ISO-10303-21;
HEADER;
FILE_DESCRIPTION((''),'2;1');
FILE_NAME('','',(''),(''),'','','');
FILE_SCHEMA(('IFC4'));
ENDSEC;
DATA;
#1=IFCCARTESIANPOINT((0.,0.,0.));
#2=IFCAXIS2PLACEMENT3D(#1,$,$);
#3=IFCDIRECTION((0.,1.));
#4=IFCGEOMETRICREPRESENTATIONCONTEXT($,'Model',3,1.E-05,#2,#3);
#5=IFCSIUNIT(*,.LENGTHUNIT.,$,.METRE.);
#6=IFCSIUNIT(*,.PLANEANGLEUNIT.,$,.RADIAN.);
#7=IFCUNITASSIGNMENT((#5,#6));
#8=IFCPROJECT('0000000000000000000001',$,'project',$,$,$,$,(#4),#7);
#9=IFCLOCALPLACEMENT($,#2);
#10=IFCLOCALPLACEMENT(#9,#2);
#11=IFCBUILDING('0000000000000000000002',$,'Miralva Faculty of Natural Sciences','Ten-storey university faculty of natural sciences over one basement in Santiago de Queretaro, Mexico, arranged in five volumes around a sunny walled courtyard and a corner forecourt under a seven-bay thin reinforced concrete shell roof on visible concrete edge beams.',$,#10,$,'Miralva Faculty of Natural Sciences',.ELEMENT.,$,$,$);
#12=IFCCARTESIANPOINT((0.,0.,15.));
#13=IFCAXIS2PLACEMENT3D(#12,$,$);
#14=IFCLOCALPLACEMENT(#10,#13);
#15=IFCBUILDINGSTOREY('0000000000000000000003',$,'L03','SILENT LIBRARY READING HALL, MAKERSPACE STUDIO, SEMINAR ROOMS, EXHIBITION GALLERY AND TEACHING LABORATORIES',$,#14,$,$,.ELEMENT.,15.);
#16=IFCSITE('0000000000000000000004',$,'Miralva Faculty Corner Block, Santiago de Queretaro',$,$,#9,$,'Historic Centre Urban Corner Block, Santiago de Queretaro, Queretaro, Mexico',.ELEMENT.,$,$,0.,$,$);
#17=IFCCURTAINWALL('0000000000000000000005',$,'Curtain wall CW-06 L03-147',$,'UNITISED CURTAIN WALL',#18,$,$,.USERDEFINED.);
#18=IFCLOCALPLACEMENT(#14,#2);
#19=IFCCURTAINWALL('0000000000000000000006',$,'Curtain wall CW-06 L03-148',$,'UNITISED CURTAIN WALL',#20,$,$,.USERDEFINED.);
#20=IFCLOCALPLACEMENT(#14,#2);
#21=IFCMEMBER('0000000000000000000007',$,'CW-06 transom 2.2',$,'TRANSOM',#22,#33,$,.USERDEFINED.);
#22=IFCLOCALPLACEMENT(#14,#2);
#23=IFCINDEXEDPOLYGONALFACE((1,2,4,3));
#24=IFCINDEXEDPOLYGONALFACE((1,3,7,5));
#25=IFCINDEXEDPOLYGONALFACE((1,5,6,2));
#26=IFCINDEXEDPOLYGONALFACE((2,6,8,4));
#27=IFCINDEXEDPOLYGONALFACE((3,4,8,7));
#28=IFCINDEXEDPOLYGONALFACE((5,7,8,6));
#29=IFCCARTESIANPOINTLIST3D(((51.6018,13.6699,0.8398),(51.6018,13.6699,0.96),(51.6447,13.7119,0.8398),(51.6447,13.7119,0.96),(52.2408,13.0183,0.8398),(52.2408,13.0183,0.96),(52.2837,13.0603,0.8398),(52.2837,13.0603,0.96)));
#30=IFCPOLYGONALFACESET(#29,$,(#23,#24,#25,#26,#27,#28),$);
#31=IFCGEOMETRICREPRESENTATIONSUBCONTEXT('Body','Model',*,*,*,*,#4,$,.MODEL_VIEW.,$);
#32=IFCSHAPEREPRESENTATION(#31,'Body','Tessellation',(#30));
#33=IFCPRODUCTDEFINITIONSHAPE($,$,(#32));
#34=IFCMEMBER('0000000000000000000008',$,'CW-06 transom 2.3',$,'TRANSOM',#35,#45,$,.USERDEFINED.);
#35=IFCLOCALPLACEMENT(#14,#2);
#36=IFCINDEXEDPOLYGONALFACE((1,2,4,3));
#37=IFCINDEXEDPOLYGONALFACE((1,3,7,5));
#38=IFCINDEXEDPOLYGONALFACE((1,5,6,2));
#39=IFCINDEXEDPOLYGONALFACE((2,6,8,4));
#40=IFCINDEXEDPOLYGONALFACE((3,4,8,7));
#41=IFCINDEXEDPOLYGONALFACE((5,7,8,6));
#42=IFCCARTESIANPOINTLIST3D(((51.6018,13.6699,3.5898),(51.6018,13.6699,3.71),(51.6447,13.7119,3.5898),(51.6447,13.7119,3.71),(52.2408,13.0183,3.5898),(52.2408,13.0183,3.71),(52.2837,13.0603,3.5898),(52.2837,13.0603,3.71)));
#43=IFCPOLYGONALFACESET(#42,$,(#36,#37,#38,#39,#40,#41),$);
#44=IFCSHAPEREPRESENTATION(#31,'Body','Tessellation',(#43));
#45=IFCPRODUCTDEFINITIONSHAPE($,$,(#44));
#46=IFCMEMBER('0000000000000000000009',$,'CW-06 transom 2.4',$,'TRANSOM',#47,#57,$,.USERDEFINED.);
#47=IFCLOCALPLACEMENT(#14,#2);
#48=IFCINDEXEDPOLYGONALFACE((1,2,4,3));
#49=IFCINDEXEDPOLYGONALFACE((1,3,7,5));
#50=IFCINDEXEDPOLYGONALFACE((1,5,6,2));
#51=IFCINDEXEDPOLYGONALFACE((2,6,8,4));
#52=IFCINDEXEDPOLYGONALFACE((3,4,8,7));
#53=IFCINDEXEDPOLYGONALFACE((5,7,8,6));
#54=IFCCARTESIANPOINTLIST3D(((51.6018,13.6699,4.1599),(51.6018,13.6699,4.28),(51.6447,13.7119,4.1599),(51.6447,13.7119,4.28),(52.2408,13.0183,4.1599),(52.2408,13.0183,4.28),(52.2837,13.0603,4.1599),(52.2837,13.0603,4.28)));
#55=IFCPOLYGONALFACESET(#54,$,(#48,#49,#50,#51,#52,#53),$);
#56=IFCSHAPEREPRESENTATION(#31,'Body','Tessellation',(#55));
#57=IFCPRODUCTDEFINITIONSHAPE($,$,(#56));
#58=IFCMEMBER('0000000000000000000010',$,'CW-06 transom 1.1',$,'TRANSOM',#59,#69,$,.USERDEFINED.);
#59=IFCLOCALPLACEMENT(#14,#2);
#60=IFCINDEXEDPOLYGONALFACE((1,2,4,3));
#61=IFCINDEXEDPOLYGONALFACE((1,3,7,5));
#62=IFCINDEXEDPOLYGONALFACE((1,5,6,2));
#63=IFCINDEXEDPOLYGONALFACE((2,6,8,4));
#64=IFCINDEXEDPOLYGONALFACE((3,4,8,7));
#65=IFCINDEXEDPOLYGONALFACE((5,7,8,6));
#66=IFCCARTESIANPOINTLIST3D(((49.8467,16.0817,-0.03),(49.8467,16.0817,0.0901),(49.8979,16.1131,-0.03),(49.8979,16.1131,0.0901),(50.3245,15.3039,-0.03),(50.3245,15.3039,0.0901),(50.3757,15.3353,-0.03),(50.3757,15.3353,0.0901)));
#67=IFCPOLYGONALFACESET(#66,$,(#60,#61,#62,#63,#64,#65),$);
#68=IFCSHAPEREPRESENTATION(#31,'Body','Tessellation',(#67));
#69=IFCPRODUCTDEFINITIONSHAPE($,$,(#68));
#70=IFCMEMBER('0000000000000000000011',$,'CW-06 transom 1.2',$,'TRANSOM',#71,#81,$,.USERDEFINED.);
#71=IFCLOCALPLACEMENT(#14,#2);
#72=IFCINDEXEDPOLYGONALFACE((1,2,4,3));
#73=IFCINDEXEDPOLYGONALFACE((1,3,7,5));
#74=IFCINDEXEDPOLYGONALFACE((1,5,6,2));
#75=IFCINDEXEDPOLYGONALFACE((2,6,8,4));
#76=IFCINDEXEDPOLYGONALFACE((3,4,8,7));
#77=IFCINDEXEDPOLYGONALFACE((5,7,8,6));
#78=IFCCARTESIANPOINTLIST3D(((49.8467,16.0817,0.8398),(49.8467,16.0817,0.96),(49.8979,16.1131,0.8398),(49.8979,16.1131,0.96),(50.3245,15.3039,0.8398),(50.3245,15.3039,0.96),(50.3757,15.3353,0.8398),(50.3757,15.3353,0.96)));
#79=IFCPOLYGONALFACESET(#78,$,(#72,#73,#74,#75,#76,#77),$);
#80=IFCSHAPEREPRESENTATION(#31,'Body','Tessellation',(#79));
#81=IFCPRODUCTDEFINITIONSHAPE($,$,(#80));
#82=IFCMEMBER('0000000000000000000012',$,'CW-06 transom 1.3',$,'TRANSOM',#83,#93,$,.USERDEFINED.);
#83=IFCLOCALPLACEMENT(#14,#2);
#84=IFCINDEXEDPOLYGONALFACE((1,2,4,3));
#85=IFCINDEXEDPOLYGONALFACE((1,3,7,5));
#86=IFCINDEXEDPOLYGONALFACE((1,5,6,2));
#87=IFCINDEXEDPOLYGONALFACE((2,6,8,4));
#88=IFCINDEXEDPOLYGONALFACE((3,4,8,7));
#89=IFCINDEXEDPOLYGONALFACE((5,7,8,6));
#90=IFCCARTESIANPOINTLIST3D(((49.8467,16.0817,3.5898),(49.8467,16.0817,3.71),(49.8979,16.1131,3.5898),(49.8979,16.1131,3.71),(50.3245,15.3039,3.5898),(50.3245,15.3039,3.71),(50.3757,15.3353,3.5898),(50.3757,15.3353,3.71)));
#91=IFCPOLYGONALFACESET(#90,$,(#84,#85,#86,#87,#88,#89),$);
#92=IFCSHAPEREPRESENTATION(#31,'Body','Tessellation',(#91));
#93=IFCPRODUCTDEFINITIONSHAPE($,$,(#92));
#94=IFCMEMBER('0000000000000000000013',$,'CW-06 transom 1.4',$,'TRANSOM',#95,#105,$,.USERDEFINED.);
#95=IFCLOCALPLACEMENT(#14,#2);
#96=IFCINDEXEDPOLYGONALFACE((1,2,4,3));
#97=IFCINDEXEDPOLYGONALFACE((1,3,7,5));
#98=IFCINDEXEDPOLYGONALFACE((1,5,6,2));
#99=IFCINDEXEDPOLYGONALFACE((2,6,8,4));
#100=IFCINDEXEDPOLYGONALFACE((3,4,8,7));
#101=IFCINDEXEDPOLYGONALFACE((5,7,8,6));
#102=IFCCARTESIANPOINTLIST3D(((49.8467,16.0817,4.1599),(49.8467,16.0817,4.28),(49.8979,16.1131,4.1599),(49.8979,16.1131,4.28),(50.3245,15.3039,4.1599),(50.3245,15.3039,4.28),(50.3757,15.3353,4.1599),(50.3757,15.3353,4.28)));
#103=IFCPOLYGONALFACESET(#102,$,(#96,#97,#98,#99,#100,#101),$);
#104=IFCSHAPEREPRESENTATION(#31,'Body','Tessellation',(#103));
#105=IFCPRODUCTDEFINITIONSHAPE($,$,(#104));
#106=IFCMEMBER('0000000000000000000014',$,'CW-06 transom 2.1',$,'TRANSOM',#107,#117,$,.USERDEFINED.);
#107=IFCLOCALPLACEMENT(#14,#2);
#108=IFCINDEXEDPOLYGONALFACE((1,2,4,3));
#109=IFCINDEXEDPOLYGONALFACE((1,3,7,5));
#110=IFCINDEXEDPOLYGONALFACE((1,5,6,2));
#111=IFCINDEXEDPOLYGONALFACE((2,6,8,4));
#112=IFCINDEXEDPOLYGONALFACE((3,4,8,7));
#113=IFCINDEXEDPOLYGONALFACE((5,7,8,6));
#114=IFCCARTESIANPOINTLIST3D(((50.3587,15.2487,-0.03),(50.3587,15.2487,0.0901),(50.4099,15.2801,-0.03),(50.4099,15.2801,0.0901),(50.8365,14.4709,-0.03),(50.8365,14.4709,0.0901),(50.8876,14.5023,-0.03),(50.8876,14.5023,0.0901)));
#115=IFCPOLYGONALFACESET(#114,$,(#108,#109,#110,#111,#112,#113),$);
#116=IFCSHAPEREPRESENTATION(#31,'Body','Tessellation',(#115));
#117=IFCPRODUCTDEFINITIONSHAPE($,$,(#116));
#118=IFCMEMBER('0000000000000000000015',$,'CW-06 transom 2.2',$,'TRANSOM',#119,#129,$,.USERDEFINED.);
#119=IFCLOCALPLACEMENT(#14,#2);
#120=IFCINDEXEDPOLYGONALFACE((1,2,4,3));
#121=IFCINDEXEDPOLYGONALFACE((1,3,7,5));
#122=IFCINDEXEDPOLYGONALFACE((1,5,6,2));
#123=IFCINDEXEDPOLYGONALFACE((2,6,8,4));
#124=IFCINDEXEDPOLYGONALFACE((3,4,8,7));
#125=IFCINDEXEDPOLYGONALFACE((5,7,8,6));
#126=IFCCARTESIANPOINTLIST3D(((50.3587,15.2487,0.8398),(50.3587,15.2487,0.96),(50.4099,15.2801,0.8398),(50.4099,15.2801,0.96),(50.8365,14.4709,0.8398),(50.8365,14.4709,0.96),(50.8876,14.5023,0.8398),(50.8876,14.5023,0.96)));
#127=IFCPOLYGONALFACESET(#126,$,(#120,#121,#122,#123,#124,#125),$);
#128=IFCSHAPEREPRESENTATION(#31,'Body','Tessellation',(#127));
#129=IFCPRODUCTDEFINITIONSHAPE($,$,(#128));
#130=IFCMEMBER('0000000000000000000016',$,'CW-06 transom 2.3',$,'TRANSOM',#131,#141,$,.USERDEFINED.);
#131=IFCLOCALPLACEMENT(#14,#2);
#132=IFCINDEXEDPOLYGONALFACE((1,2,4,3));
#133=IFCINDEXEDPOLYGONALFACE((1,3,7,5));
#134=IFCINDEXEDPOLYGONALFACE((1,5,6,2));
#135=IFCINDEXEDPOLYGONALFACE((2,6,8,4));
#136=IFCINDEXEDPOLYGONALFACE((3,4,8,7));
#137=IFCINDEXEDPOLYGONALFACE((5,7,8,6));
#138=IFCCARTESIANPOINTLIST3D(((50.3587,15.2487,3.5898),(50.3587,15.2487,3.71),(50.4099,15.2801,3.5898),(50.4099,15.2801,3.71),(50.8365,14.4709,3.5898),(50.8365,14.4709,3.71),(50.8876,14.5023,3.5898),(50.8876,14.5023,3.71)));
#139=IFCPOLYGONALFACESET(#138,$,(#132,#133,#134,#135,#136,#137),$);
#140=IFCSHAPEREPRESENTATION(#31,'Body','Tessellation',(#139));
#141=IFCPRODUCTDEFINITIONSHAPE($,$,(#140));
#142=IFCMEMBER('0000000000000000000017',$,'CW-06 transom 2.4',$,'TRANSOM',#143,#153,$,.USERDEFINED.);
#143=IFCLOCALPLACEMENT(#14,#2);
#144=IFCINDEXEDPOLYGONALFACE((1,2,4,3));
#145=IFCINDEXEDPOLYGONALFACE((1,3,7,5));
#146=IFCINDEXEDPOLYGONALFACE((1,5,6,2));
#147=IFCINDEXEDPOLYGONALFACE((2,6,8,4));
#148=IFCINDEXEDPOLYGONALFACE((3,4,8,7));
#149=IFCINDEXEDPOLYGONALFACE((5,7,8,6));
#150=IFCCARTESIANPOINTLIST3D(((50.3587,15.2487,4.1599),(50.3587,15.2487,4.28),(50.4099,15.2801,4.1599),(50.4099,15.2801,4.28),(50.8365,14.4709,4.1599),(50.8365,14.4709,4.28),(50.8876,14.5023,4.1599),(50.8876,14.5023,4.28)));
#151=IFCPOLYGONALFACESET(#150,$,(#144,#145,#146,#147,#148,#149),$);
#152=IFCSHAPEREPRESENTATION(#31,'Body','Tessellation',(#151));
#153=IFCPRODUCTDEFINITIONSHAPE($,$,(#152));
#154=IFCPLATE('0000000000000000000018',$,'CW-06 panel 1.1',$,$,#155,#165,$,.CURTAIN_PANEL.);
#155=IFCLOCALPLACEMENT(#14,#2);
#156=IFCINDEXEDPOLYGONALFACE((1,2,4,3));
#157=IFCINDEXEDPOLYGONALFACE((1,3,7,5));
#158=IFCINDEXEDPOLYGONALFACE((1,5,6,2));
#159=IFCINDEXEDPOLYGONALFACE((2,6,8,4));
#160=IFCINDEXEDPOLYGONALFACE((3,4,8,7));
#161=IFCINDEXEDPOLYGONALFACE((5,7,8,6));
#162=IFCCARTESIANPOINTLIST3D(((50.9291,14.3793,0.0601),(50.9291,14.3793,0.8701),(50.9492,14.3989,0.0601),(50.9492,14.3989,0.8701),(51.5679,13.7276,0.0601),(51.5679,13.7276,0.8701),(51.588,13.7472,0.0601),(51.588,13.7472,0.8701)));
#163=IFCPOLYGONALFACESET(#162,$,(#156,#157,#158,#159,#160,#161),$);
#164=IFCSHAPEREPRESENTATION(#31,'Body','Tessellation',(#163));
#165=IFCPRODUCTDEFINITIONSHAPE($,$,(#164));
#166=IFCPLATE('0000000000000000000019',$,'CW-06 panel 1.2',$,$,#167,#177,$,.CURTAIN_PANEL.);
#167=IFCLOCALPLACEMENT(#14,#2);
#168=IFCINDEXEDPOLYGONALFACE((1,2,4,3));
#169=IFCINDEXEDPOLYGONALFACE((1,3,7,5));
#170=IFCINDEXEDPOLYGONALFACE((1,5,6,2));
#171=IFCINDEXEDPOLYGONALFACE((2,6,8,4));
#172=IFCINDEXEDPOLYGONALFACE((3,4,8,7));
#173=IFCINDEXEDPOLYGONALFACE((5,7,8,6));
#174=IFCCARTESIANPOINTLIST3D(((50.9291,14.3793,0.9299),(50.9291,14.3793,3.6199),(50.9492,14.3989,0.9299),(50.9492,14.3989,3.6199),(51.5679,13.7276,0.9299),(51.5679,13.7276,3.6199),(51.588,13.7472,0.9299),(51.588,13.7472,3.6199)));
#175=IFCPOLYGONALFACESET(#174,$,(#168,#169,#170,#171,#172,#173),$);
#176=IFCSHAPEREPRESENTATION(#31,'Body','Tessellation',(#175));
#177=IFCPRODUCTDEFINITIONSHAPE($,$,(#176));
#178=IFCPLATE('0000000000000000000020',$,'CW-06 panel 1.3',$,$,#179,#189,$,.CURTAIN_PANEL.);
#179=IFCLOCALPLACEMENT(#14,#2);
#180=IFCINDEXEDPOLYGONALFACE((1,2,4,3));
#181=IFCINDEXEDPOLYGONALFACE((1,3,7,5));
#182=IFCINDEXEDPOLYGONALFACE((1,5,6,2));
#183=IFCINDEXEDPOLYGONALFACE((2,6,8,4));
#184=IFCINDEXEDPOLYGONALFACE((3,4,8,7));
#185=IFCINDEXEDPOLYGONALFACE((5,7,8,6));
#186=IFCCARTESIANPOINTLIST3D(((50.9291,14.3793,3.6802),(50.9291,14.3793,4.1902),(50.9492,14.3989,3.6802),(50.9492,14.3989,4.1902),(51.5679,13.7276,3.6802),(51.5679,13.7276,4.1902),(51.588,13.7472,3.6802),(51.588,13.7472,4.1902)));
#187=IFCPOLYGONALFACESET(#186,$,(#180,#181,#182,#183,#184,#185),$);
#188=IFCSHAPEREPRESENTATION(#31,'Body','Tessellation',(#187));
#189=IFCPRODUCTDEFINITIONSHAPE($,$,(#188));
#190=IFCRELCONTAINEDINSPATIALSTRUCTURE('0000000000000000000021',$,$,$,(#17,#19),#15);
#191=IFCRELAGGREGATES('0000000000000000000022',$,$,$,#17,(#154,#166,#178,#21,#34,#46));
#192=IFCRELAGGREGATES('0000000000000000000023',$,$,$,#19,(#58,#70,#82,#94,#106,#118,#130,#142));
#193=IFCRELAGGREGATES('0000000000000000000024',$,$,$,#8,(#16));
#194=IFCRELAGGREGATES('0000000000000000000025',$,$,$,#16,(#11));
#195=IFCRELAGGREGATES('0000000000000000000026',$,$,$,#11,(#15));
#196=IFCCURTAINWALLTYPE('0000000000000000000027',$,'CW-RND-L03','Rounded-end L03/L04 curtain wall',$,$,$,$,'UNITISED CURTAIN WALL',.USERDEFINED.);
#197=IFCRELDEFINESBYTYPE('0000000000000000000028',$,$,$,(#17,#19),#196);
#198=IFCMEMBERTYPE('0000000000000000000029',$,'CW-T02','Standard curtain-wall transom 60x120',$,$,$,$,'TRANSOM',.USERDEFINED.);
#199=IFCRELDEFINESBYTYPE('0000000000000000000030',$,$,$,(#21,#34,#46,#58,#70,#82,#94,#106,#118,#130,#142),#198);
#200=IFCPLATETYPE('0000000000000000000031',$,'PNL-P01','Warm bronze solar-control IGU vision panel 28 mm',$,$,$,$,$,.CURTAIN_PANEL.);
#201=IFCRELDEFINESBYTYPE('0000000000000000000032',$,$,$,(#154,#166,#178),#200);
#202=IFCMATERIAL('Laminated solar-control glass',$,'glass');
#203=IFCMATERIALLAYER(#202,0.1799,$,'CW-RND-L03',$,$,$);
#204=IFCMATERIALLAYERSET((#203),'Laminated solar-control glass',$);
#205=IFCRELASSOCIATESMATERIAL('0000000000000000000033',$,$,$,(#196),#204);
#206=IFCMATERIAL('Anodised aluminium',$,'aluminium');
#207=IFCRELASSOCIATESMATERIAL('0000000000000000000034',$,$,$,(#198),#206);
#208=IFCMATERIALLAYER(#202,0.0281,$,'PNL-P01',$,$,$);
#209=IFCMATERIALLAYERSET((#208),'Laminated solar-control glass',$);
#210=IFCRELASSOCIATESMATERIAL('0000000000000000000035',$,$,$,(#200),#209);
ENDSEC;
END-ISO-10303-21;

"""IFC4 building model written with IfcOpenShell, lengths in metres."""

from ifc_helpers import new_model, si_unit, direction, frame, origin, origin_2d, place, context, subcontext, project, spatial, rectangle, extrude, material, layer, layer_set, material_profile, profile_set, type_object, element, aggregate, save


model = new_model("IFC4")

# Units and contexts
model_context = context("Model", 3, precision=1e-05, world=origin(), true_north=direction((0.0, 1.0)))
body_context = subcontext(model_context, "Body", "Model", "MODEL_VIEW")
ifc_project = project(units=[si_unit("LENGTHUNIT", "METRE"), si_unit("PLANEANGLEUNIT", "RADIAN")], contexts=[model_context])

# Site, building, storey
site_placement = place(None, origin())
site = spatial("IfcSite", under=ifc_project, at=site_placement, Name="Miralva Faculty Corner Block, Santiago de Queretaro", LongName="Historic Centre Urban Corner Block, Santiago de Queretaro, Queretaro, Mexico", CompositionType="ELEMENT", RefElevation=0.0)
building_placement = place(site_placement, origin())
building = spatial("IfcBuilding", under=site, at=building_placement, Name="Miralva Faculty of Natural Sciences", Description="Ten-storey university faculty of natural sciences over one basement in Santiago de Queretaro, Mexico, arranged in five volumes around a sunny walled courtyard and a corner forecourt under a seven-bay thin reinforced concrete shell roof on visible concrete edge beams.", LongName="Miralva Faculty of Natural Sciences", CompositionType="ELEMENT")
storey_placement = place(building_placement, frame((0.0, 0.0, 15.0)))
storey = spatial("IfcBuildingStorey", under=building, at=storey_placement, Name="L03", Description="SILENT LIBRARY READING HALL, MAKERSPACE STUDIO, SEMINAR ROOMS, EXHIBITION GALLERY AND TEACHING LABORATORIES", CompositionType="ELEMENT", Elevation=15.0)

# Shared definitions
ifc_material_1 = material(Name="Laminated solar-control glass", Category="glass")
ifc_layer_1 = layer(ifc_material_1, 0.1799, Name="CW-RND-L03")
ifc_layer_set_1 = layer_set([ifc_layer_1], Name="Laminated solar-control glass")
curtain_wall_type = type_object("IfcCurtainWallType", Name="CW-RND-L03", Description="Rounded-end L03/L04 curtain wall", ElementType="UNITISED CURTAIN WALL", PredefinedType="USERDEFINED", material=ifc_layer_set_1)
ifc_material_2 = material(Name="Anodised aluminium", Category="aluminium")

# Curtain walls
curtain_wall_1_placement = place(storey_placement, origin())
curtain_wall_1 = element("IfcCurtainWall", 1, at=curtain_wall_1_placement, inside=storey, type_object=curtain_wall_type, Name="Curtain wall CW-06 L03-147", ObjectType="UNITISED CURTAIN WALL", PredefinedType="USERDEFINED")
curtain_wall_2_placement = place(storey_placement, origin())
curtain_wall_2 = element("IfcCurtainWall", 2, at=curtain_wall_2_placement, inside=storey, type_object=curtain_wall_type, Name="Curtain wall CW-06 L03-148", ObjectType="UNITISED CURTAIN WALL", PredefinedType="USERDEFINED")

# Members
ifc_material_profile_1 = material_profile(ifc_material_2, rectangle(XDim=0.0601, YDim=0.1201, at=origin_2d()), Name="TRANSOM 60x120")
ifc_profile_set_1 = profile_set([ifc_material_profile_1], Name="Anodised aluminium")
member_type_1 = type_object("IfcMemberType", Name="CW-T02", Description="Standard curtain-wall transom 60x120", ElementType="TRANSOM", PredefinedType="USERDEFINED", material=ifc_profile_set_1)
member_1_placement = place(storey_placement, frame((51.6233, 13.6909, 0.8999), z_axis=(0.700117, -0.714028, 0.0), x_axis=(0.714028, 0.700117, 0.0)))
member_1 = element("IfcMember", 3, at=member_1_placement, type_object=member_type_1, Name="CW-06 transom 2.2", ObjectType="TRANSOM", PredefinedType="USERDEFINED", context=body_context, shape_type="SweptSolid", body=[
    extrude(rectangle(XDim=0.0601, YDim=0.1201, at=origin_2d()), origin(), (0.0, 0.0, 1.0), 0.9126),
])
member_2_placement = place(storey_placement, frame((51.6233, 13.6909, 3.6499), z_axis=(0.700117, -0.714028, 0.0), x_axis=(0.714028, 0.700117, 0.0)))
member_2 = element("IfcMember", 4, at=member_2_placement, type_object=member_type_1, Name="CW-06 transom 2.3", ObjectType="TRANSOM", PredefinedType="USERDEFINED", context=body_context, shape_type="SweptSolid", body=[
    extrude(rectangle(XDim=0.0601, YDim=0.1201, at=origin_2d()), origin(), (0.0, 0.0, 1.0), 0.9126),
])
member_3_placement = place(storey_placement, frame((51.6233, 13.6909, 4.22), z_axis=(0.700117, -0.714028, 0.0), x_axis=(0.714028, 0.700117, 0.0)))
member_3 = element("IfcMember", 5, at=member_3_placement, type_object=member_type_1, Name="CW-06 transom 2.4", ObjectType="TRANSOM", PredefinedType="USERDEFINED", context=body_context, shape_type="SweptSolid", body=[
    extrude(rectangle(XDim=0.0601, YDim=0.1201, at=origin_2d()), origin(), (0.0, 0.0, 1.0), 0.9126),
])
member_4_placement = place(storey_placement, frame((49.8723, 16.0974, 0.03), z_axis=(0.523396, -0.85209, 0.0), x_axis=(0.85209, 0.523396, 0.0)))
member_4 = element("IfcMember", 6, at=member_4_placement, type_object=member_type_1, Name="CW-06 transom 1.1", ObjectType="TRANSOM", PredefinedType="USERDEFINED", context=body_context, shape_type="SweptSolid", body=[
    extrude(rectangle(XDim=0.0601, YDim=0.1201, at=origin_2d()), origin(), (0.0, 0.0, 1.0), 0.9128),
])
member_5_placement = place(storey_placement, frame((49.8723, 16.0974, 0.8999), z_axis=(0.523396, -0.85209, 0.0), x_axis=(0.85209, 0.523396, 0.0)))
member_5 = element("IfcMember", 7, at=member_5_placement, type_object=member_type_1, Name="CW-06 transom 1.2", ObjectType="TRANSOM", PredefinedType="USERDEFINED", context=body_context, shape_type="SweptSolid", body=[
    extrude(rectangle(XDim=0.0601, YDim=0.1201, at=origin_2d()), origin(), (0.0, 0.0, 1.0), 0.9128),
])
member_6_placement = place(storey_placement, frame((49.8723, 16.0974, 3.6499), z_axis=(0.523396, -0.85209, 0.0), x_axis=(0.85209, 0.523396, 0.0)))
member_6 = element("IfcMember", 8, at=member_6_placement, type_object=member_type_1, Name="CW-06 transom 1.3", ObjectType="TRANSOM", PredefinedType="USERDEFINED", context=body_context, shape_type="SweptSolid", body=[
    extrude(rectangle(XDim=0.0601, YDim=0.1201, at=origin_2d()), origin(), (0.0, 0.0, 1.0), 0.9128),
])
member_7_placement = place(storey_placement, frame((49.8723, 16.0974, 4.22), z_axis=(0.523396, -0.85209, 0.0), x_axis=(0.85209, 0.523396, 0.0)))
member_7 = element("IfcMember", 9, at=member_7_placement, type_object=member_type_1, Name="CW-06 transom 1.4", ObjectType="TRANSOM", PredefinedType="USERDEFINED", context=body_context, shape_type="SweptSolid", body=[
    extrude(rectangle(XDim=0.0601, YDim=0.1201, at=origin_2d()), origin(), (0.0, 0.0, 1.0), 0.9128),
])
member_8_placement = place(storey_placement, frame((50.3843, 15.2644, 0.03), z_axis=(0.523396, -0.85209, 0.0), x_axis=(0.85209, 0.523396, 0.0)))
member_8 = element("IfcMember", 10, at=member_8_placement, type_object=member_type_1, Name="CW-06 transom 2.1", ObjectType="TRANSOM", PredefinedType="USERDEFINED", context=body_context, shape_type="SweptSolid", body=[
    extrude(rectangle(XDim=0.0601, YDim=0.1201, at=origin_2d()), origin(), (0.0, 0.0, 1.0), 0.9128),
])
member_9_placement = place(storey_placement, frame((50.3843, 15.2644, 0.8999), z_axis=(0.523396, -0.85209, 0.0), x_axis=(0.85209, 0.523396, 0.0)))
member_9 = element("IfcMember", 11, at=member_9_placement, type_object=member_type_1, Name="CW-06 transom 2.2", ObjectType="TRANSOM", PredefinedType="USERDEFINED", context=body_context, shape_type="SweptSolid", body=[
    extrude(rectangle(XDim=0.0601, YDim=0.1201, at=origin_2d()), origin(), (0.0, 0.0, 1.0), 0.9128),
])
member_10_placement = place(storey_placement, frame((50.3843, 15.2644, 3.6499), z_axis=(0.523396, -0.85209, 0.0), x_axis=(0.85209, 0.523396, 0.0)))
member_10 = element("IfcMember", 12, at=member_10_placement, type_object=member_type_1, Name="CW-06 transom 2.3", ObjectType="TRANSOM", PredefinedType="USERDEFINED", context=body_context, shape_type="SweptSolid", body=[
    extrude(rectangle(XDim=0.0601, YDim=0.1201, at=origin_2d()), origin(), (0.0, 0.0, 1.0), 0.9128),
])
member_11_placement = place(storey_placement, frame((50.3843, 15.2644, 4.22), z_axis=(0.523396, -0.85209, 0.0), x_axis=(0.85209, 0.523396, 0.0)))
member_11 = element("IfcMember", 13, at=member_11_placement, type_object=member_type_1, Name="CW-06 transom 2.4", ObjectType="TRANSOM", PredefinedType="USERDEFINED", context=body_context, shape_type="SweptSolid", body=[
    extrude(rectangle(XDim=0.0601, YDim=0.1201, at=origin_2d()), origin(), (0.0, 0.0, 1.0), 0.9128),
])

# Plates
ifc_layer_2 = layer(ifc_material_1, 0.0281, Name="PNL-P01")
ifc_layer_set_2 = layer_set([ifc_layer_2], Name="Laminated solar-control glass")
plate_type = type_object("IfcPlateType", Name="PNL-P01", Description="Warm bronze solar-control IGU vision panel 28 mm", PredefinedType="CURTAIN_PANEL", material=ifc_layer_set_2)
plate_1_placement = place(storey_placement, frame((51.2585, 14.0632, 0.0601), z_axis=(0.0, 0.0, 1.0), x_axis=(0.700018, -0.714125, 0.0)))
plate_1 = element("IfcPlate", 14, at=plate_1_placement, type_object=plate_type, Name="CW-06 panel 1.1", PredefinedType="CURTAIN_PANEL", context=body_context, shape_type="SweptSolid", body=[
    extrude(rectangle(XDim=0.9126, YDim=0.0281, at=origin_2d()), origin(), (0.0, 0.0, 1.0), 0.8101),
])
plate_2_placement = place(storey_placement, frame((51.2585, 14.0632, 0.9299), z_axis=(0.0, 0.0, 1.0), x_axis=(0.700018, -0.714125, 0.0)))
plate_2 = element("IfcPlate", 15, at=plate_2_placement, type_object=plate_type, Name="CW-06 panel 1.2", PredefinedType="CURTAIN_PANEL", context=body_context, shape_type="SweptSolid", body=[
    extrude(rectangle(XDim=0.9126, YDim=0.0281, at=origin_2d()), origin(), (0.0, 0.0, 1.0), 2.6899),
])
plate_3_placement = place(storey_placement, frame((51.2585, 14.0632, 3.6802), z_axis=(0.0, 0.0, 1.0), x_axis=(0.700018, -0.714125, 0.0)))
plate_3 = element("IfcPlate", 16, at=plate_3_placement, type_object=plate_type, Name="CW-06 panel 1.3", PredefinedType="CURTAIN_PANEL", context=body_context, shape_type="SweptSolid", body=[
    extrude(rectangle(XDim=0.9126, YDim=0.0281, at=origin_2d()), origin(), (0.0, 0.0, 1.0), 0.51),
])
aggregate(curtain_wall_1, [plate_1, plate_2, plate_3, member_1, member_2, member_3])
aggregate(curtain_wall_2, [member_4, member_5, member_6, member_7, member_8, member_9, member_10, member_11])

save(model, "model.ifc")
